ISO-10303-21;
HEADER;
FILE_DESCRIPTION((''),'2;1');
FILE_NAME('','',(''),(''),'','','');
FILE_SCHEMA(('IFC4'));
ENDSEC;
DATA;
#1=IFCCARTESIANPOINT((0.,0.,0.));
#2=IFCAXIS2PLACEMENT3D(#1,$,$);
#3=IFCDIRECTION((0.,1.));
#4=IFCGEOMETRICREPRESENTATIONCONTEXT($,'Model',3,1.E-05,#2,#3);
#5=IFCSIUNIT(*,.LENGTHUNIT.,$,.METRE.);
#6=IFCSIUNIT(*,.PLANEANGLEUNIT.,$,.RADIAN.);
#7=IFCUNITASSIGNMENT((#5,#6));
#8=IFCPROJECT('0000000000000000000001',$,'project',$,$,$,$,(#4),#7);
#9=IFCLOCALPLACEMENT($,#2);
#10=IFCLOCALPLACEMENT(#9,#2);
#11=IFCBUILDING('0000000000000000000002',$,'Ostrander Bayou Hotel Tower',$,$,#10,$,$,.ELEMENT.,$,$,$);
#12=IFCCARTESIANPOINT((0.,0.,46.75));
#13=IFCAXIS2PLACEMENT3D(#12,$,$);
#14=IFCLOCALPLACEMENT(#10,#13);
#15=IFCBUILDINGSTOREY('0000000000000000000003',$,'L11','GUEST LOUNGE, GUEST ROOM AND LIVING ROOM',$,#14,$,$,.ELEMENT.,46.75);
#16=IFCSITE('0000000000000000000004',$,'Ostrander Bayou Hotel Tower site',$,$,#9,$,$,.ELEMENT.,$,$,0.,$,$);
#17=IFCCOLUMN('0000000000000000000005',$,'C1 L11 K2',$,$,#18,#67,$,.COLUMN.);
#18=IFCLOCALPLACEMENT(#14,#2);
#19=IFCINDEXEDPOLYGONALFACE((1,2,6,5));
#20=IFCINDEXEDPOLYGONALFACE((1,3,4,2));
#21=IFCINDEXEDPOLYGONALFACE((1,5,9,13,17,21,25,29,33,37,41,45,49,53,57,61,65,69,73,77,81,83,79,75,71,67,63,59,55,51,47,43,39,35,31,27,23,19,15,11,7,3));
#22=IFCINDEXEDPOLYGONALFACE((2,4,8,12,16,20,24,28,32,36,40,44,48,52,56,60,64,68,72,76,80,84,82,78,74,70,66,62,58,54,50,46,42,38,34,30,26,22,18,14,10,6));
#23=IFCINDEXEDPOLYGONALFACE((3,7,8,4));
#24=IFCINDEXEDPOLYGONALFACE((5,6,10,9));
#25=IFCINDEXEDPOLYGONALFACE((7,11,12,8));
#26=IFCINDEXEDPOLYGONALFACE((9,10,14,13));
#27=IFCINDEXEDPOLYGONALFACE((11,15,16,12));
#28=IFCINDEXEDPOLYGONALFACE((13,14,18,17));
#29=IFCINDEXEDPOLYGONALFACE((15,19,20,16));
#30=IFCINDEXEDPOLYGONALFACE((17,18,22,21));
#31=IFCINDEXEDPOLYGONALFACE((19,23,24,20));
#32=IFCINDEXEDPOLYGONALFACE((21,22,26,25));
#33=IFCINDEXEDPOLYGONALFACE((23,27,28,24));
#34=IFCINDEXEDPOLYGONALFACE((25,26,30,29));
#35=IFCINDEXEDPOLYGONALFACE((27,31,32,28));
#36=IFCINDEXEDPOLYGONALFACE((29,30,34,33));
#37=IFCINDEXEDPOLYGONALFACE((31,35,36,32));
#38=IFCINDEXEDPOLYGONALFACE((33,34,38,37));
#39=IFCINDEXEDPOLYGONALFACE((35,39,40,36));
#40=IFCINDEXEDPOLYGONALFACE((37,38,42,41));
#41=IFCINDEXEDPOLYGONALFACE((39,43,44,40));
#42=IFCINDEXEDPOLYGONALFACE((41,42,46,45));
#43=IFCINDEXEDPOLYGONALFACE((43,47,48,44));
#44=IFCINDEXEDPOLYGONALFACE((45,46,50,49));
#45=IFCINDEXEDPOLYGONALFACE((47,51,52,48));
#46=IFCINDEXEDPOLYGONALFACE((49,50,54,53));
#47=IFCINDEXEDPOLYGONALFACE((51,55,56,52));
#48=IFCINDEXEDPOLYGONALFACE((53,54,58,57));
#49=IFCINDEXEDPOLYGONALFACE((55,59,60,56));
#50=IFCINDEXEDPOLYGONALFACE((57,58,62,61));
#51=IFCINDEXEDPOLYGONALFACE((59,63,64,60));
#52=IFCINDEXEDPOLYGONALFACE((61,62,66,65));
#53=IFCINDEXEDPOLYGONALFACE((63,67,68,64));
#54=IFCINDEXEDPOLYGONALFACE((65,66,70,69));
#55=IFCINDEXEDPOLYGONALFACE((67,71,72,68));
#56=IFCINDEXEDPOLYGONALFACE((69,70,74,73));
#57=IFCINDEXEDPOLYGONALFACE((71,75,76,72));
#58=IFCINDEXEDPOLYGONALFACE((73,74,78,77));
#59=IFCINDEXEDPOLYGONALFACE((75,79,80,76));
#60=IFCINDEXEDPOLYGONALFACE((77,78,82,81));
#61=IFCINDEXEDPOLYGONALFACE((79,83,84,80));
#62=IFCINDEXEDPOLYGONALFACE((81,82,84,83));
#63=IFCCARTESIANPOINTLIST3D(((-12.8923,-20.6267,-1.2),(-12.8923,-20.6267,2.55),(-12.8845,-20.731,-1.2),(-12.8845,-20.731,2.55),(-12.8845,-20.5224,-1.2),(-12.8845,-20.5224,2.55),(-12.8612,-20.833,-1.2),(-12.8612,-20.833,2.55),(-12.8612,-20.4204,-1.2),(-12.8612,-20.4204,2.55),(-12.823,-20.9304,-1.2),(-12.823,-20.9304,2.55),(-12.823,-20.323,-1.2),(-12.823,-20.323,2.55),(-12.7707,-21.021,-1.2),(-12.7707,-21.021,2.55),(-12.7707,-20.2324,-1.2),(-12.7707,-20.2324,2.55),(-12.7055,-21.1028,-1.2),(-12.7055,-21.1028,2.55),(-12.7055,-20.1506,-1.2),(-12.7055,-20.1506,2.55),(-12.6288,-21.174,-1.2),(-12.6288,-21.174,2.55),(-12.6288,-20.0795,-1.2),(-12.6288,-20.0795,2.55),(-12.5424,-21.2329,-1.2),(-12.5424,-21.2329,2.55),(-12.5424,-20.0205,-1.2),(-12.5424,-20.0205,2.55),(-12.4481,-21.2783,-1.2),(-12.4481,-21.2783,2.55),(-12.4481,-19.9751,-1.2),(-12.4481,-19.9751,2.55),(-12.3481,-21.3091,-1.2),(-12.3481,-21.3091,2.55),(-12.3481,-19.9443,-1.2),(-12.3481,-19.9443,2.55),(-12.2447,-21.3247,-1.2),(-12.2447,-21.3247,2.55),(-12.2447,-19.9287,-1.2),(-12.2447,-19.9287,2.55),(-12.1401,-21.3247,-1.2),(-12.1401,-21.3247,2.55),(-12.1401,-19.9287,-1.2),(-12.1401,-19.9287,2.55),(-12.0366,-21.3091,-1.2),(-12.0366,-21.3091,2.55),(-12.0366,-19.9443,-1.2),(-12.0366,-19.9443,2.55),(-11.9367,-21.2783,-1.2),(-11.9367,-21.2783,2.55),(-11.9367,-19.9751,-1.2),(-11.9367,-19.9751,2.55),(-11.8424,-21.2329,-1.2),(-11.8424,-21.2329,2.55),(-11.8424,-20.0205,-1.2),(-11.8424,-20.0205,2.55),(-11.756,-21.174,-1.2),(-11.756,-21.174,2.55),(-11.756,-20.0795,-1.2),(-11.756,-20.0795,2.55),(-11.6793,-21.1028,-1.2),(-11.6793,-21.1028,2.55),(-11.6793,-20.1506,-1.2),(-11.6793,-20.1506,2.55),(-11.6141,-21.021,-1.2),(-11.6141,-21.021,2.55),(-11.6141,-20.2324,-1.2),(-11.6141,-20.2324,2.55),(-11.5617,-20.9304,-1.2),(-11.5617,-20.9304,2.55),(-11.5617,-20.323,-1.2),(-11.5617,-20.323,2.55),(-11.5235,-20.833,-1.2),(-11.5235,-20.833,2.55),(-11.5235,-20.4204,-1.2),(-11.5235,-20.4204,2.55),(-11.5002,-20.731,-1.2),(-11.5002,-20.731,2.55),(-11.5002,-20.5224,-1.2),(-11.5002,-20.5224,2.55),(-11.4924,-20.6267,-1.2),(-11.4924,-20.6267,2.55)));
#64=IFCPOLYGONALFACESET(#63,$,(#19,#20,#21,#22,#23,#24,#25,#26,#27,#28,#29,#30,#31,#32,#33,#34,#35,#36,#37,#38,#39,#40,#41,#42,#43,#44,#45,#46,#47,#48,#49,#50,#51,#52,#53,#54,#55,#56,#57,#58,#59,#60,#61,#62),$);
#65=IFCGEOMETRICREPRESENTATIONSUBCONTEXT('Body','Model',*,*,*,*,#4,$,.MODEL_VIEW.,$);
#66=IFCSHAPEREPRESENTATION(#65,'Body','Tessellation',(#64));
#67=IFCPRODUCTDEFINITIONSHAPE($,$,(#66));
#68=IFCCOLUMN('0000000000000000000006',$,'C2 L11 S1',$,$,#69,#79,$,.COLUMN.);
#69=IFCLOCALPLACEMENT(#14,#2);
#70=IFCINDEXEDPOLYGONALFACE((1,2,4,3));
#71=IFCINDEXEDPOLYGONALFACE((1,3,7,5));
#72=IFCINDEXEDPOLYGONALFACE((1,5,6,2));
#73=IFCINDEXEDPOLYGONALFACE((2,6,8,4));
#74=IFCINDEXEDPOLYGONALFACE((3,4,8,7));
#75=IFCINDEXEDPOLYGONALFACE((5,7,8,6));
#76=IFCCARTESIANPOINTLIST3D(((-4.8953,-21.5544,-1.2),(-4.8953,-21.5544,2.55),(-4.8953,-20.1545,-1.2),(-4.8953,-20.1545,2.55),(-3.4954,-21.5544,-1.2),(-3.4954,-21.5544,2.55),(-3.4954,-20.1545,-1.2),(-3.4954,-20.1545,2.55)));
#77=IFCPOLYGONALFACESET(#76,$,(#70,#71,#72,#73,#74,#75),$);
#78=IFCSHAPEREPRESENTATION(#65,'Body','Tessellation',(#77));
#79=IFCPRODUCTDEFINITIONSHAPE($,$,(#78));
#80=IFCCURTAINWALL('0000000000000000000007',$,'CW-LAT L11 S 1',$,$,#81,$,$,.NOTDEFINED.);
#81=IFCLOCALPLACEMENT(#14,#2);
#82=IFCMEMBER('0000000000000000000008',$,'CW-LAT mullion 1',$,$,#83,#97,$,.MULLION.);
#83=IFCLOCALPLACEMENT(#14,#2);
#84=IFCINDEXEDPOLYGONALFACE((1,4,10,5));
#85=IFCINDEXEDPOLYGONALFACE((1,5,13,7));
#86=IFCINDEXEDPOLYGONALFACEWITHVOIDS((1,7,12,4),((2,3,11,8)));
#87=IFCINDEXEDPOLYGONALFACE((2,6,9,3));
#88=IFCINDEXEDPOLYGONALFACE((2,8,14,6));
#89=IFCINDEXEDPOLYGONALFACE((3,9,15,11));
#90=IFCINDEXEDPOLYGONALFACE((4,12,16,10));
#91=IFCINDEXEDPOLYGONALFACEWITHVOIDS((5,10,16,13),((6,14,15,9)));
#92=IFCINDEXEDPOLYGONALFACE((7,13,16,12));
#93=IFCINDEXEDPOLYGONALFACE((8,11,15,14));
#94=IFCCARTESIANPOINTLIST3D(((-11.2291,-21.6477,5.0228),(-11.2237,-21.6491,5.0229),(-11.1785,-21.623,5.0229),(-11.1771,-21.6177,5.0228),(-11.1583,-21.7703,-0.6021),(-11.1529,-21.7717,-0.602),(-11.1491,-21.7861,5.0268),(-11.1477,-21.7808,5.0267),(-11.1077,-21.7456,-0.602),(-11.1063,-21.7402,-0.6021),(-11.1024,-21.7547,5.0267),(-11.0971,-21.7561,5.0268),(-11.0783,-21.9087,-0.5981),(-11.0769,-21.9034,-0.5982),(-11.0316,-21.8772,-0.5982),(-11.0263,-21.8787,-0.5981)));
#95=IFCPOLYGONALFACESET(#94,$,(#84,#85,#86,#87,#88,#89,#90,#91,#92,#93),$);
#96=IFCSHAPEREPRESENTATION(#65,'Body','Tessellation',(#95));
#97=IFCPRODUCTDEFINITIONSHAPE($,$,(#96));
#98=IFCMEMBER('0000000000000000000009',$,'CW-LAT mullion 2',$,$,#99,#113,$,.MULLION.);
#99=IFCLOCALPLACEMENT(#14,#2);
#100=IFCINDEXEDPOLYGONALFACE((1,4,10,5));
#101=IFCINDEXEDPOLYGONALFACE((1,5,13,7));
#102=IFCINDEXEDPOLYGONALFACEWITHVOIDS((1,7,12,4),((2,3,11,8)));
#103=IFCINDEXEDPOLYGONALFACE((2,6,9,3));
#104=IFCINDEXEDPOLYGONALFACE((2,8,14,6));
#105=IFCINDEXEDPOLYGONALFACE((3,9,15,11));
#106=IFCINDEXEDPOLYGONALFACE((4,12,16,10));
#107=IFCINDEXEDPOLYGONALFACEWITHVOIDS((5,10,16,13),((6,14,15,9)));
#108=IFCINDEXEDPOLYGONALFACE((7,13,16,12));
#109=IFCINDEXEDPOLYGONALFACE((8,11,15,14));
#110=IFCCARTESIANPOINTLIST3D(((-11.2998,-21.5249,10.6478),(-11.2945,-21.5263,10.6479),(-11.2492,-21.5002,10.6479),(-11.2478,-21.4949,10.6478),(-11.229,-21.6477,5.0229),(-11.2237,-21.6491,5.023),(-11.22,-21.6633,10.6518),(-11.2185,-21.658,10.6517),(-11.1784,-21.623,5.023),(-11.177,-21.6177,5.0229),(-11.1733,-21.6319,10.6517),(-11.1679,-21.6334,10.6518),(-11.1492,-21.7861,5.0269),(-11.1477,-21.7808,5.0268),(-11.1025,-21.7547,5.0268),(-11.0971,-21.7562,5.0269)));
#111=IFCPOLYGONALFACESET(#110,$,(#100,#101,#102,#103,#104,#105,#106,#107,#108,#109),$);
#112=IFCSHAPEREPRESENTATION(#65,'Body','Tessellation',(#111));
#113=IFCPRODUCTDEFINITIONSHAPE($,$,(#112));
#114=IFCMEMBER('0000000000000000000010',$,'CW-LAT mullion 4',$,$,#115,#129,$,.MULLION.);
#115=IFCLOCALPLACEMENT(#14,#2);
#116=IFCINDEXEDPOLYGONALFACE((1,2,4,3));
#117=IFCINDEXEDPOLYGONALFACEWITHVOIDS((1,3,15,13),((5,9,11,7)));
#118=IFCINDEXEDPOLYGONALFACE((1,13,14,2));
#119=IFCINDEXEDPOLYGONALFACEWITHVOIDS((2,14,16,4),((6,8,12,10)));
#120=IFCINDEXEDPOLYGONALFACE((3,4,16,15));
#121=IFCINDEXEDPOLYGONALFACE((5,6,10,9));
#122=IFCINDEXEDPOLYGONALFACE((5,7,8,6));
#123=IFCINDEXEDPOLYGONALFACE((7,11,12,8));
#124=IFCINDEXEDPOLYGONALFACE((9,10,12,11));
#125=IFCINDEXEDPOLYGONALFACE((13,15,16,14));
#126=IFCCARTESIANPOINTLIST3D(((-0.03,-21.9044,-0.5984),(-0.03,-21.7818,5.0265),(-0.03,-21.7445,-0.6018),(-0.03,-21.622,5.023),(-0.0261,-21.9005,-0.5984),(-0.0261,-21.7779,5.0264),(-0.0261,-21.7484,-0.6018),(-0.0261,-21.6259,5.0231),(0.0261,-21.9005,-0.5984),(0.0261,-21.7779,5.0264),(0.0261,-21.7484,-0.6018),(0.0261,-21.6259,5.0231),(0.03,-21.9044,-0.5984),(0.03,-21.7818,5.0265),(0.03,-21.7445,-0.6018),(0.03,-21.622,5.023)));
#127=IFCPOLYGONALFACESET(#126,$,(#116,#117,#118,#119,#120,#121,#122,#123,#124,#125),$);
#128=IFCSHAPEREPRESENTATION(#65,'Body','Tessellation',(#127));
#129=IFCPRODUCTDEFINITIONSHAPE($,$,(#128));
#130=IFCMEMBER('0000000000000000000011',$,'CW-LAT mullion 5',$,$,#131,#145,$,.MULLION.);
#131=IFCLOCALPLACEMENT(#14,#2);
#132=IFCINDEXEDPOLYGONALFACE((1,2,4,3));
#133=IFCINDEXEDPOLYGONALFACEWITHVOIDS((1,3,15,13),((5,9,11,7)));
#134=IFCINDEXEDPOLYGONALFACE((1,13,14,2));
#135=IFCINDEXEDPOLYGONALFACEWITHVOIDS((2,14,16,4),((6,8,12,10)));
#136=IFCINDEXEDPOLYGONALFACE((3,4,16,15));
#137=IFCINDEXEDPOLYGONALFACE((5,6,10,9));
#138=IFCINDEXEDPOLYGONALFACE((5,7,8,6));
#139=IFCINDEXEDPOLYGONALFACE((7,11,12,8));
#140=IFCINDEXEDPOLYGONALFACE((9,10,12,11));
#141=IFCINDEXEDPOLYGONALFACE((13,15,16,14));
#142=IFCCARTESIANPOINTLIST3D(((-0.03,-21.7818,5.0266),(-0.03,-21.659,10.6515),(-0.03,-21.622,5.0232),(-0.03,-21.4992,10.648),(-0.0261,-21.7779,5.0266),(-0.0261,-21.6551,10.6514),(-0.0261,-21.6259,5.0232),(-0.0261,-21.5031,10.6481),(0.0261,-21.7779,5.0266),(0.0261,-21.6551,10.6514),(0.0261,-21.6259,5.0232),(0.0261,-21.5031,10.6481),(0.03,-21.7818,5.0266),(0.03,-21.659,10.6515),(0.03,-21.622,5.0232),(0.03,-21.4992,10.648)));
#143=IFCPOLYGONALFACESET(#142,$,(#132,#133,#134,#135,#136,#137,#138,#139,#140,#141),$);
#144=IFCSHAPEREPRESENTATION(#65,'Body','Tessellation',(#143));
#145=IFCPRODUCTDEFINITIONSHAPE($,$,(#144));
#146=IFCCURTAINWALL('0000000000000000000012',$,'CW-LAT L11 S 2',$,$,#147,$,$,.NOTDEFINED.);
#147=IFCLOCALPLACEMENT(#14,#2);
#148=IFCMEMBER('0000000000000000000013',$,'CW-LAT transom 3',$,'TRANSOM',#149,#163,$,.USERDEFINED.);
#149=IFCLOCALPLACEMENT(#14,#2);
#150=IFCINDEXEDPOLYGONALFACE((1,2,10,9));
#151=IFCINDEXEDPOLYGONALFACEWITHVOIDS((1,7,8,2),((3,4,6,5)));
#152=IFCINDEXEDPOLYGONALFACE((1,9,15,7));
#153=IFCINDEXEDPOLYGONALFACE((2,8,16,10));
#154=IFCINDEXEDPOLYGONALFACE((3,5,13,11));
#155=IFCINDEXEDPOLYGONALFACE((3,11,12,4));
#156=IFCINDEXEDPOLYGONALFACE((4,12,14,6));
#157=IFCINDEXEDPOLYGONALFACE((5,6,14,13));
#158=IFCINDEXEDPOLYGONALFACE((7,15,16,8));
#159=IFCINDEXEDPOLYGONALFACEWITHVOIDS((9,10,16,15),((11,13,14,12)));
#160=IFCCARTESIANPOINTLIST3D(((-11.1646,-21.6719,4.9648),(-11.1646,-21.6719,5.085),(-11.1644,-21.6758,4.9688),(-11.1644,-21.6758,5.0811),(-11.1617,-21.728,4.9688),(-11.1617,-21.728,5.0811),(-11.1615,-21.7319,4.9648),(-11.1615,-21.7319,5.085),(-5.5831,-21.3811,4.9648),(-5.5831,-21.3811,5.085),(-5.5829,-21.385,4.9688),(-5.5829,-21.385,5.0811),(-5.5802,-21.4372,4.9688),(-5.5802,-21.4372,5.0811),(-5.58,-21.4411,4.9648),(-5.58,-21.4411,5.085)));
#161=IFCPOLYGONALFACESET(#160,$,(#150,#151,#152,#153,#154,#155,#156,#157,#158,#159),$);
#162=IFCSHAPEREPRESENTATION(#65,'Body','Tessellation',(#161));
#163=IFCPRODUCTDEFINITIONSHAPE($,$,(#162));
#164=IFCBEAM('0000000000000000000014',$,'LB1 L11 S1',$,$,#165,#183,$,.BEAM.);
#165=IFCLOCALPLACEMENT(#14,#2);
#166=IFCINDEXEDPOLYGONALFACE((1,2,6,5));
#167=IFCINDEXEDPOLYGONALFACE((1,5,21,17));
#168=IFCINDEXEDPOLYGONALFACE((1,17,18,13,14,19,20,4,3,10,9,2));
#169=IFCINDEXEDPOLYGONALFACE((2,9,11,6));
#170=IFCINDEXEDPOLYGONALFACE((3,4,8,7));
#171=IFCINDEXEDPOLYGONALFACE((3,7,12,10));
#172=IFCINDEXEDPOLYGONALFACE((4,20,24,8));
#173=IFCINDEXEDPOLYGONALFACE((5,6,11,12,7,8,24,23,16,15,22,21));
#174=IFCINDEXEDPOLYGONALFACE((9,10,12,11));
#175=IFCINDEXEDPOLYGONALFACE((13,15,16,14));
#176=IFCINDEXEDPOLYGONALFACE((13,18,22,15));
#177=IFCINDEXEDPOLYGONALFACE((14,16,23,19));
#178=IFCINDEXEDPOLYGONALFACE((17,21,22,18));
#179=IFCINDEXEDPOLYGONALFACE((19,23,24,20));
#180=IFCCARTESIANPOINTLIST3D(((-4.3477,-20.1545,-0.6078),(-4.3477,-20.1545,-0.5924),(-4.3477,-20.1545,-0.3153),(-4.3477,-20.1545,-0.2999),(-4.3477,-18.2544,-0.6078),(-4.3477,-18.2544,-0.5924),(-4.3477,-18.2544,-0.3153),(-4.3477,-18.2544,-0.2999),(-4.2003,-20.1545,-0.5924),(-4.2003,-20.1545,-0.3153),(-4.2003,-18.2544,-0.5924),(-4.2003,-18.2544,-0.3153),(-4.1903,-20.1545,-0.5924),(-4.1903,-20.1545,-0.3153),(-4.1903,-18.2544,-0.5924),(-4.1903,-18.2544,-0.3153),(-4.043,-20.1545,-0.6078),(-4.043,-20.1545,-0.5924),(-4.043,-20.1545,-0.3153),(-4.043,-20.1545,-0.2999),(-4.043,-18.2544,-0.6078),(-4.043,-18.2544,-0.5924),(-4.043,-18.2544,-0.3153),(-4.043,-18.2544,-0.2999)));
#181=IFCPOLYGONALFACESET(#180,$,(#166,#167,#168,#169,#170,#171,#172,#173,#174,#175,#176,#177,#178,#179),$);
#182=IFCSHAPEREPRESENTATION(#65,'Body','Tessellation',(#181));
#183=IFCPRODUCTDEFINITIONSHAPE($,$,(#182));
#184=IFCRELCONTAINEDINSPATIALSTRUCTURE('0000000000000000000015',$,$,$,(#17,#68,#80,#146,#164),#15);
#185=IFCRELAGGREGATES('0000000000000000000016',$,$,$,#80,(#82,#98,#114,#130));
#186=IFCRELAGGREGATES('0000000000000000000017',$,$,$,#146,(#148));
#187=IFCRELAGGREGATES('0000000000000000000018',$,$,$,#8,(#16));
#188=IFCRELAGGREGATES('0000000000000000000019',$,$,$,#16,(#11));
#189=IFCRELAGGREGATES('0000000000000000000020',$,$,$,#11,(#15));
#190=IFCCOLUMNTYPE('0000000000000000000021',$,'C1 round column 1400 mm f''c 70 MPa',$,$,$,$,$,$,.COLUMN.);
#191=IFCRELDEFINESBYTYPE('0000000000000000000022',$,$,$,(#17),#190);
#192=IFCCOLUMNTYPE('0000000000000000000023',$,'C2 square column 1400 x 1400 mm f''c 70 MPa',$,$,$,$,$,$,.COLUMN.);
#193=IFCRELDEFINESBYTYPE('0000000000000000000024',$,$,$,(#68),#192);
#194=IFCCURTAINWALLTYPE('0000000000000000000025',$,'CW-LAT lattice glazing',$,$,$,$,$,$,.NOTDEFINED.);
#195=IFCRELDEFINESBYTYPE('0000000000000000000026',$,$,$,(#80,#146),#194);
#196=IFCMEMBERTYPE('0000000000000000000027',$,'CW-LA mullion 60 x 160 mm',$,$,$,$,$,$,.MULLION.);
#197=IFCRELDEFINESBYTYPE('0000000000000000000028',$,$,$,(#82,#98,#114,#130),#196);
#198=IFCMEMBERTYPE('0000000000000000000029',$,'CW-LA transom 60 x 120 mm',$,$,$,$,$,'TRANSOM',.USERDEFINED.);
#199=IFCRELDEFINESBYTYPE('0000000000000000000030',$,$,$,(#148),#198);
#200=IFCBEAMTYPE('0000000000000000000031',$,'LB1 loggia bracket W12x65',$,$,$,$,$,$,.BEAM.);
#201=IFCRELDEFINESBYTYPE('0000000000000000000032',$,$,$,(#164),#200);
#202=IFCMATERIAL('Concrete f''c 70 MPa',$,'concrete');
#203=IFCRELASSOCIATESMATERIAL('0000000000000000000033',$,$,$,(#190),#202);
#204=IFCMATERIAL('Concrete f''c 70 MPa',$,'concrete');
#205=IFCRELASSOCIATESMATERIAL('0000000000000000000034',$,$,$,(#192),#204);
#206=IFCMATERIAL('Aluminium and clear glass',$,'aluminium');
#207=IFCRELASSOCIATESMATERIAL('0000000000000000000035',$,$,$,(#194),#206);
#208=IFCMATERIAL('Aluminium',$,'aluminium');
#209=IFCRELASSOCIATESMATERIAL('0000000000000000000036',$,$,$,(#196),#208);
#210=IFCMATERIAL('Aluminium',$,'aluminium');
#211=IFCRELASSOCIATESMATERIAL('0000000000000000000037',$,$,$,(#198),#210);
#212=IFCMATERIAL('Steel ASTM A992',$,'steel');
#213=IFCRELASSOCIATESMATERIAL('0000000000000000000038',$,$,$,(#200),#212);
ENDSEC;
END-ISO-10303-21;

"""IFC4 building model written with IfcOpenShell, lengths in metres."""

from ifc_helpers import new_model, si_unit, direction, frame, origin, origin_2d, place, context, subcontext, project, spatial, rectangle, hollow_rectangle, circle, i_section, extrude, material, material_profile, profile_set, type_object, element, aggregate, save


model = new_model("IFC4")

# Units and contexts
model_context = context("Model", 3, precision=1e-05, world=origin(), true_north=direction((0.0, 1.0)))
body_context = subcontext(model_context, "Body", "Model", "MODEL_VIEW")
ifc_project = project(units=[si_unit("LENGTHUNIT", "METRE"), si_unit("PLANEANGLEUNIT", "RADIAN")], contexts=[model_context])

# Site, building, storey
site_placement = place(None, origin())
site = spatial("IfcSite", under=ifc_project, at=site_placement, Name="Ostrander Bayou Hotel Tower site", CompositionType="ELEMENT", RefElevation=0.0)
building_placement = place(site_placement, origin())
building = spatial("IfcBuilding", under=site, at=building_placement, Name="Ostrander Bayou Hotel Tower", CompositionType="ELEMENT")
storey_placement = place(building_placement, frame((0.0, 0.0, 46.75)))
storey = spatial("IfcBuildingStorey", under=building, at=storey_placement, Name="L11", Description="GUEST LOUNGE, GUEST ROOM AND LIVING ROOM", CompositionType="ELEMENT", Elevation=46.75)

# Columns
ifc_material_1 = material(Name="Concrete f'c 70 MPa", Category="concrete")
ifc_material_profile_1 = material_profile(ifc_material_1, circle(Radius=0.7, at=origin_2d()))
ifc_profile_set_1 = profile_set([ifc_material_profile_1], Name="Concrete f'c 70 MPa")
column_type_1 = type_object("IfcColumnType", Name="C1 round column 1400 mm f'c 70 MPa", PredefinedType="COLUMN", material=ifc_profile_set_1)
column_1_placement = place(storey_placement, frame((-12.1924, -20.6267, -1.2), z_axis=(0.0, 0.0, 1.0), x_axis=(1.0, 0.0, 0.0)))
element("IfcColumn", 1, at=column_1_placement, inside=storey, type_object=column_type_1, Name="C1 L11 K2", PredefinedType="COLUMN", context=body_context, shape_type="SweptSolid", body=[
    extrude(circle(Radius=0.7, at=origin_2d()), origin(), (0.0, 0.0, 1.0), 3.75),
])
ifc_material_2 = material(Name="Concrete f'c 70 MPa", Category="concrete")
ifc_material_profile_2 = material_profile(ifc_material_2, rectangle(XDim=1.3999, YDim=1.3999, at=origin_2d()))
ifc_profile_set_2 = profile_set([ifc_material_profile_2], Name="Concrete f'c 70 MPa")
column_type_2 = type_object("IfcColumnType", Name="C2 square column 1400 x 1400 mm f'c 70 MPa", PredefinedType="COLUMN", material=ifc_profile_set_2)
column_2_placement = place(storey_placement, frame((-4.1953, -20.8545, -1.2), z_axis=(0.0, 0.0, 1.0), x_axis=(-1.0, 0.0, 0.0)))
element("IfcColumn", 2, at=column_2_placement, inside=storey, type_object=column_type_2, Name="C2 L11 S1", PredefinedType="COLUMN", context=body_context, shape_type="SweptSolid", body=[
    extrude(rectangle(XDim=1.3999, YDim=1.3999, at=origin_2d()), origin(), (0.0, 0.0, 1.0), 3.75),
])

# Curtain wall, members
ifc_material_3 = material(Name="Aluminium and clear glass", Category="aluminium")
curtain_wall_type = type_object("IfcCurtainWallType", Name="CW-LAT lattice glazing", PredefinedType="NOTDEFINED", material=ifc_material_3)
curtain_wall_1_placement = place(storey_placement, origin())
curtain_wall_1 = element("IfcCurtainWall", 3, at=curtain_wall_1_placement, inside=storey, type_object=curtain_wall_type, Name="CW-LAT L11 S 1", PredefinedType="NOTDEFINED")
ifc_material_4 = material(Name="Aluminium", Category="aluminium")
ifc_material_profile_3 = material_profile(ifc_material_4, hollow_rectangle(XDim=0.0601, YDim=0.1599, WallThickness=0.0039, at=origin_2d()))
ifc_profile_set_3 = profile_set([ifc_material_profile_3], Name="Aluminium")
member_type_1 = type_object("IfcMemberType", Name="CW-LA mullion 60 x 160 mm", PredefinedType="MULLION", material=ifc_profile_set_3)
member_1_placement = place(storey_placement, frame((-11.0923, -21.8245, -0.6001), z_axis=(-0.012583, 0.021781, 0.999684), x_axis=(-0.865898, -0.50022, 0.0)))
member_1 = element("IfcMember", 4, at=member_1_placement, type_object=member_type_1, Name="CW-LAT mullion 1", PredefinedType="MULLION", context=body_context, shape_type="SweptSolid", body=[
    extrude(hollow_rectangle(XDim=0.0601, YDim=0.1599, WallThickness=0.0039, at=origin_2d()), origin(), (0.0, 0.0, 1.0), 5.6267),
])
member_2_placement = place(storey_placement, frame((-11.1631, -21.7019, 5.0249), z_axis=(-0.012583, 0.021825, 0.999683), x_axis=(-0.866329, -0.499474, 0.0)))
member_2 = element("IfcMember", 5, at=member_2_placement, type_object=member_type_1, Name="CW-LAT mullion 2", PredefinedType="MULLION", context=body_context, shape_type="SweptSolid", body=[
    extrude(hollow_rectangle(XDim=0.0601, YDim=0.1599, WallThickness=0.0039, at=origin_2d()), origin(), (0.0, 0.0, 1.0), 5.6267),
])
member_3_placement = place(storey_placement, frame((0.0, -21.8245, -0.6001), z_axis=(0.0, 0.021783, 0.999763), x_axis=(-1.0, 0.0, 0.0)))
member_3 = element("IfcMember", 6, at=member_3_placement, type_object=member_type_1, Name="CW-LAT mullion 4", PredefinedType="MULLION", context=body_context, shape_type="SweptSolid", body=[
    extrude(hollow_rectangle(XDim=0.0601, YDim=0.1599, WallThickness=0.0039, at=origin_2d()), origin(), (0.0, 0.0, 1.0), 5.6262),
])
member_4_placement = place(storey_placement, frame((0.0, -21.7019, 5.0249), z_axis=(0.0, 0.021826, 0.999762), x_axis=(-1.0, 0.0, 0.0)))
member_4 = element("IfcMember", 7, at=member_4_placement, type_object=member_type_1, Name="CW-LAT mullion 5", PredefinedType="MULLION", context=body_context, shape_type="SweptSolid", body=[
    extrude(hollow_rectangle(XDim=0.0601, YDim=0.1599, WallThickness=0.0039, at=origin_2d()), origin(), (0.0, 0.0, 1.0), 5.6262),
])

# Curtain wall, member
curtain_wall_2_placement = place(storey_placement, origin())
curtain_wall_2 = element("IfcCurtainWall", 8, at=curtain_wall_2_placement, inside=storey, type_object=curtain_wall_type, Name="CW-LAT L11 S 2", PredefinedType="NOTDEFINED")
ifc_material_5 = material(Name="Aluminium", Category="aluminium")
ifc_material_profile_4 = material_profile(ifc_material_5, hollow_rectangle(XDim=0.0601, YDim=0.1201, WallThickness=0.0039, at=origin_2d()))
ifc_profile_set_4 = profile_set([ifc_material_profile_4], Name="Aluminium")
member_type_2 = type_object("IfcMemberType", Name="CW-LA transom 60 x 120 mm", ElementType="TRANSOM", PredefinedType="USERDEFINED", material=ifc_profile_set_4)
member_5_placement = place(storey_placement, frame((-11.1631, -21.7019, 5.0249), z_axis=(0.998646, 0.052025, 0.0), x_axis=(-0.052025, 0.998646, 0.0)))
member_5 = element("IfcMember", 9, at=member_5_placement, type_object=member_type_2, Name="CW-LAT transom 3", ObjectType="TRANSOM", PredefinedType="USERDEFINED", context=body_context, shape_type="SweptSolid", body=[
    extrude(hollow_rectangle(XDim=0.0601, YDim=0.1201, WallThickness=0.0039, at=origin_2d()), origin(), (0.0, 0.0, 1.0), 5.5891),
])

# Beam
ifc_material_6 = material(Name="Steel ASTM A992", Category="steel")
ifc_material_profile_5 = material_profile(ifc_material_6, i_section(OverallWidth=0.3047, OverallDepth=0.3079, WebThickness=0.01, FlangeThickness=0.0154, at=origin_2d()))
ifc_profile_set_5 = profile_set([ifc_material_profile_5], Name="Steel ASTM A992")
beam_type_1 = type_object("IfcBeamType", Name="LB1 loggia bracket W12x65", PredefinedType="BEAM", material=ifc_profile_set_5)
beam_1_placement = place(storey_placement, frame((-4.1953, -20.1545, -0.4539), z_axis=(0.0, 1.0, 0.0), x_axis=(-1.0, 0.0, 0.0)))
element("IfcBeam", 10, at=beam_1_placement, inside=storey, type_object=beam_type_1, Name="LB1 L11 S1", PredefinedType="BEAM", context=body_context, shape_type="SweptSolid", body=[
    extrude(i_section(OverallWidth=0.3047, OverallDepth=0.3079, WebThickness=0.01, FlangeThickness=0.0154, at=origin_2d()), origin(), (0.0, 0.0, 1.0), 1.9001),
])

aggregate(curtain_wall_1, [member_1, member_2, member_3, member_4])
aggregate(curtain_wall_2, [member_5])

save(model, "model.ifc")
